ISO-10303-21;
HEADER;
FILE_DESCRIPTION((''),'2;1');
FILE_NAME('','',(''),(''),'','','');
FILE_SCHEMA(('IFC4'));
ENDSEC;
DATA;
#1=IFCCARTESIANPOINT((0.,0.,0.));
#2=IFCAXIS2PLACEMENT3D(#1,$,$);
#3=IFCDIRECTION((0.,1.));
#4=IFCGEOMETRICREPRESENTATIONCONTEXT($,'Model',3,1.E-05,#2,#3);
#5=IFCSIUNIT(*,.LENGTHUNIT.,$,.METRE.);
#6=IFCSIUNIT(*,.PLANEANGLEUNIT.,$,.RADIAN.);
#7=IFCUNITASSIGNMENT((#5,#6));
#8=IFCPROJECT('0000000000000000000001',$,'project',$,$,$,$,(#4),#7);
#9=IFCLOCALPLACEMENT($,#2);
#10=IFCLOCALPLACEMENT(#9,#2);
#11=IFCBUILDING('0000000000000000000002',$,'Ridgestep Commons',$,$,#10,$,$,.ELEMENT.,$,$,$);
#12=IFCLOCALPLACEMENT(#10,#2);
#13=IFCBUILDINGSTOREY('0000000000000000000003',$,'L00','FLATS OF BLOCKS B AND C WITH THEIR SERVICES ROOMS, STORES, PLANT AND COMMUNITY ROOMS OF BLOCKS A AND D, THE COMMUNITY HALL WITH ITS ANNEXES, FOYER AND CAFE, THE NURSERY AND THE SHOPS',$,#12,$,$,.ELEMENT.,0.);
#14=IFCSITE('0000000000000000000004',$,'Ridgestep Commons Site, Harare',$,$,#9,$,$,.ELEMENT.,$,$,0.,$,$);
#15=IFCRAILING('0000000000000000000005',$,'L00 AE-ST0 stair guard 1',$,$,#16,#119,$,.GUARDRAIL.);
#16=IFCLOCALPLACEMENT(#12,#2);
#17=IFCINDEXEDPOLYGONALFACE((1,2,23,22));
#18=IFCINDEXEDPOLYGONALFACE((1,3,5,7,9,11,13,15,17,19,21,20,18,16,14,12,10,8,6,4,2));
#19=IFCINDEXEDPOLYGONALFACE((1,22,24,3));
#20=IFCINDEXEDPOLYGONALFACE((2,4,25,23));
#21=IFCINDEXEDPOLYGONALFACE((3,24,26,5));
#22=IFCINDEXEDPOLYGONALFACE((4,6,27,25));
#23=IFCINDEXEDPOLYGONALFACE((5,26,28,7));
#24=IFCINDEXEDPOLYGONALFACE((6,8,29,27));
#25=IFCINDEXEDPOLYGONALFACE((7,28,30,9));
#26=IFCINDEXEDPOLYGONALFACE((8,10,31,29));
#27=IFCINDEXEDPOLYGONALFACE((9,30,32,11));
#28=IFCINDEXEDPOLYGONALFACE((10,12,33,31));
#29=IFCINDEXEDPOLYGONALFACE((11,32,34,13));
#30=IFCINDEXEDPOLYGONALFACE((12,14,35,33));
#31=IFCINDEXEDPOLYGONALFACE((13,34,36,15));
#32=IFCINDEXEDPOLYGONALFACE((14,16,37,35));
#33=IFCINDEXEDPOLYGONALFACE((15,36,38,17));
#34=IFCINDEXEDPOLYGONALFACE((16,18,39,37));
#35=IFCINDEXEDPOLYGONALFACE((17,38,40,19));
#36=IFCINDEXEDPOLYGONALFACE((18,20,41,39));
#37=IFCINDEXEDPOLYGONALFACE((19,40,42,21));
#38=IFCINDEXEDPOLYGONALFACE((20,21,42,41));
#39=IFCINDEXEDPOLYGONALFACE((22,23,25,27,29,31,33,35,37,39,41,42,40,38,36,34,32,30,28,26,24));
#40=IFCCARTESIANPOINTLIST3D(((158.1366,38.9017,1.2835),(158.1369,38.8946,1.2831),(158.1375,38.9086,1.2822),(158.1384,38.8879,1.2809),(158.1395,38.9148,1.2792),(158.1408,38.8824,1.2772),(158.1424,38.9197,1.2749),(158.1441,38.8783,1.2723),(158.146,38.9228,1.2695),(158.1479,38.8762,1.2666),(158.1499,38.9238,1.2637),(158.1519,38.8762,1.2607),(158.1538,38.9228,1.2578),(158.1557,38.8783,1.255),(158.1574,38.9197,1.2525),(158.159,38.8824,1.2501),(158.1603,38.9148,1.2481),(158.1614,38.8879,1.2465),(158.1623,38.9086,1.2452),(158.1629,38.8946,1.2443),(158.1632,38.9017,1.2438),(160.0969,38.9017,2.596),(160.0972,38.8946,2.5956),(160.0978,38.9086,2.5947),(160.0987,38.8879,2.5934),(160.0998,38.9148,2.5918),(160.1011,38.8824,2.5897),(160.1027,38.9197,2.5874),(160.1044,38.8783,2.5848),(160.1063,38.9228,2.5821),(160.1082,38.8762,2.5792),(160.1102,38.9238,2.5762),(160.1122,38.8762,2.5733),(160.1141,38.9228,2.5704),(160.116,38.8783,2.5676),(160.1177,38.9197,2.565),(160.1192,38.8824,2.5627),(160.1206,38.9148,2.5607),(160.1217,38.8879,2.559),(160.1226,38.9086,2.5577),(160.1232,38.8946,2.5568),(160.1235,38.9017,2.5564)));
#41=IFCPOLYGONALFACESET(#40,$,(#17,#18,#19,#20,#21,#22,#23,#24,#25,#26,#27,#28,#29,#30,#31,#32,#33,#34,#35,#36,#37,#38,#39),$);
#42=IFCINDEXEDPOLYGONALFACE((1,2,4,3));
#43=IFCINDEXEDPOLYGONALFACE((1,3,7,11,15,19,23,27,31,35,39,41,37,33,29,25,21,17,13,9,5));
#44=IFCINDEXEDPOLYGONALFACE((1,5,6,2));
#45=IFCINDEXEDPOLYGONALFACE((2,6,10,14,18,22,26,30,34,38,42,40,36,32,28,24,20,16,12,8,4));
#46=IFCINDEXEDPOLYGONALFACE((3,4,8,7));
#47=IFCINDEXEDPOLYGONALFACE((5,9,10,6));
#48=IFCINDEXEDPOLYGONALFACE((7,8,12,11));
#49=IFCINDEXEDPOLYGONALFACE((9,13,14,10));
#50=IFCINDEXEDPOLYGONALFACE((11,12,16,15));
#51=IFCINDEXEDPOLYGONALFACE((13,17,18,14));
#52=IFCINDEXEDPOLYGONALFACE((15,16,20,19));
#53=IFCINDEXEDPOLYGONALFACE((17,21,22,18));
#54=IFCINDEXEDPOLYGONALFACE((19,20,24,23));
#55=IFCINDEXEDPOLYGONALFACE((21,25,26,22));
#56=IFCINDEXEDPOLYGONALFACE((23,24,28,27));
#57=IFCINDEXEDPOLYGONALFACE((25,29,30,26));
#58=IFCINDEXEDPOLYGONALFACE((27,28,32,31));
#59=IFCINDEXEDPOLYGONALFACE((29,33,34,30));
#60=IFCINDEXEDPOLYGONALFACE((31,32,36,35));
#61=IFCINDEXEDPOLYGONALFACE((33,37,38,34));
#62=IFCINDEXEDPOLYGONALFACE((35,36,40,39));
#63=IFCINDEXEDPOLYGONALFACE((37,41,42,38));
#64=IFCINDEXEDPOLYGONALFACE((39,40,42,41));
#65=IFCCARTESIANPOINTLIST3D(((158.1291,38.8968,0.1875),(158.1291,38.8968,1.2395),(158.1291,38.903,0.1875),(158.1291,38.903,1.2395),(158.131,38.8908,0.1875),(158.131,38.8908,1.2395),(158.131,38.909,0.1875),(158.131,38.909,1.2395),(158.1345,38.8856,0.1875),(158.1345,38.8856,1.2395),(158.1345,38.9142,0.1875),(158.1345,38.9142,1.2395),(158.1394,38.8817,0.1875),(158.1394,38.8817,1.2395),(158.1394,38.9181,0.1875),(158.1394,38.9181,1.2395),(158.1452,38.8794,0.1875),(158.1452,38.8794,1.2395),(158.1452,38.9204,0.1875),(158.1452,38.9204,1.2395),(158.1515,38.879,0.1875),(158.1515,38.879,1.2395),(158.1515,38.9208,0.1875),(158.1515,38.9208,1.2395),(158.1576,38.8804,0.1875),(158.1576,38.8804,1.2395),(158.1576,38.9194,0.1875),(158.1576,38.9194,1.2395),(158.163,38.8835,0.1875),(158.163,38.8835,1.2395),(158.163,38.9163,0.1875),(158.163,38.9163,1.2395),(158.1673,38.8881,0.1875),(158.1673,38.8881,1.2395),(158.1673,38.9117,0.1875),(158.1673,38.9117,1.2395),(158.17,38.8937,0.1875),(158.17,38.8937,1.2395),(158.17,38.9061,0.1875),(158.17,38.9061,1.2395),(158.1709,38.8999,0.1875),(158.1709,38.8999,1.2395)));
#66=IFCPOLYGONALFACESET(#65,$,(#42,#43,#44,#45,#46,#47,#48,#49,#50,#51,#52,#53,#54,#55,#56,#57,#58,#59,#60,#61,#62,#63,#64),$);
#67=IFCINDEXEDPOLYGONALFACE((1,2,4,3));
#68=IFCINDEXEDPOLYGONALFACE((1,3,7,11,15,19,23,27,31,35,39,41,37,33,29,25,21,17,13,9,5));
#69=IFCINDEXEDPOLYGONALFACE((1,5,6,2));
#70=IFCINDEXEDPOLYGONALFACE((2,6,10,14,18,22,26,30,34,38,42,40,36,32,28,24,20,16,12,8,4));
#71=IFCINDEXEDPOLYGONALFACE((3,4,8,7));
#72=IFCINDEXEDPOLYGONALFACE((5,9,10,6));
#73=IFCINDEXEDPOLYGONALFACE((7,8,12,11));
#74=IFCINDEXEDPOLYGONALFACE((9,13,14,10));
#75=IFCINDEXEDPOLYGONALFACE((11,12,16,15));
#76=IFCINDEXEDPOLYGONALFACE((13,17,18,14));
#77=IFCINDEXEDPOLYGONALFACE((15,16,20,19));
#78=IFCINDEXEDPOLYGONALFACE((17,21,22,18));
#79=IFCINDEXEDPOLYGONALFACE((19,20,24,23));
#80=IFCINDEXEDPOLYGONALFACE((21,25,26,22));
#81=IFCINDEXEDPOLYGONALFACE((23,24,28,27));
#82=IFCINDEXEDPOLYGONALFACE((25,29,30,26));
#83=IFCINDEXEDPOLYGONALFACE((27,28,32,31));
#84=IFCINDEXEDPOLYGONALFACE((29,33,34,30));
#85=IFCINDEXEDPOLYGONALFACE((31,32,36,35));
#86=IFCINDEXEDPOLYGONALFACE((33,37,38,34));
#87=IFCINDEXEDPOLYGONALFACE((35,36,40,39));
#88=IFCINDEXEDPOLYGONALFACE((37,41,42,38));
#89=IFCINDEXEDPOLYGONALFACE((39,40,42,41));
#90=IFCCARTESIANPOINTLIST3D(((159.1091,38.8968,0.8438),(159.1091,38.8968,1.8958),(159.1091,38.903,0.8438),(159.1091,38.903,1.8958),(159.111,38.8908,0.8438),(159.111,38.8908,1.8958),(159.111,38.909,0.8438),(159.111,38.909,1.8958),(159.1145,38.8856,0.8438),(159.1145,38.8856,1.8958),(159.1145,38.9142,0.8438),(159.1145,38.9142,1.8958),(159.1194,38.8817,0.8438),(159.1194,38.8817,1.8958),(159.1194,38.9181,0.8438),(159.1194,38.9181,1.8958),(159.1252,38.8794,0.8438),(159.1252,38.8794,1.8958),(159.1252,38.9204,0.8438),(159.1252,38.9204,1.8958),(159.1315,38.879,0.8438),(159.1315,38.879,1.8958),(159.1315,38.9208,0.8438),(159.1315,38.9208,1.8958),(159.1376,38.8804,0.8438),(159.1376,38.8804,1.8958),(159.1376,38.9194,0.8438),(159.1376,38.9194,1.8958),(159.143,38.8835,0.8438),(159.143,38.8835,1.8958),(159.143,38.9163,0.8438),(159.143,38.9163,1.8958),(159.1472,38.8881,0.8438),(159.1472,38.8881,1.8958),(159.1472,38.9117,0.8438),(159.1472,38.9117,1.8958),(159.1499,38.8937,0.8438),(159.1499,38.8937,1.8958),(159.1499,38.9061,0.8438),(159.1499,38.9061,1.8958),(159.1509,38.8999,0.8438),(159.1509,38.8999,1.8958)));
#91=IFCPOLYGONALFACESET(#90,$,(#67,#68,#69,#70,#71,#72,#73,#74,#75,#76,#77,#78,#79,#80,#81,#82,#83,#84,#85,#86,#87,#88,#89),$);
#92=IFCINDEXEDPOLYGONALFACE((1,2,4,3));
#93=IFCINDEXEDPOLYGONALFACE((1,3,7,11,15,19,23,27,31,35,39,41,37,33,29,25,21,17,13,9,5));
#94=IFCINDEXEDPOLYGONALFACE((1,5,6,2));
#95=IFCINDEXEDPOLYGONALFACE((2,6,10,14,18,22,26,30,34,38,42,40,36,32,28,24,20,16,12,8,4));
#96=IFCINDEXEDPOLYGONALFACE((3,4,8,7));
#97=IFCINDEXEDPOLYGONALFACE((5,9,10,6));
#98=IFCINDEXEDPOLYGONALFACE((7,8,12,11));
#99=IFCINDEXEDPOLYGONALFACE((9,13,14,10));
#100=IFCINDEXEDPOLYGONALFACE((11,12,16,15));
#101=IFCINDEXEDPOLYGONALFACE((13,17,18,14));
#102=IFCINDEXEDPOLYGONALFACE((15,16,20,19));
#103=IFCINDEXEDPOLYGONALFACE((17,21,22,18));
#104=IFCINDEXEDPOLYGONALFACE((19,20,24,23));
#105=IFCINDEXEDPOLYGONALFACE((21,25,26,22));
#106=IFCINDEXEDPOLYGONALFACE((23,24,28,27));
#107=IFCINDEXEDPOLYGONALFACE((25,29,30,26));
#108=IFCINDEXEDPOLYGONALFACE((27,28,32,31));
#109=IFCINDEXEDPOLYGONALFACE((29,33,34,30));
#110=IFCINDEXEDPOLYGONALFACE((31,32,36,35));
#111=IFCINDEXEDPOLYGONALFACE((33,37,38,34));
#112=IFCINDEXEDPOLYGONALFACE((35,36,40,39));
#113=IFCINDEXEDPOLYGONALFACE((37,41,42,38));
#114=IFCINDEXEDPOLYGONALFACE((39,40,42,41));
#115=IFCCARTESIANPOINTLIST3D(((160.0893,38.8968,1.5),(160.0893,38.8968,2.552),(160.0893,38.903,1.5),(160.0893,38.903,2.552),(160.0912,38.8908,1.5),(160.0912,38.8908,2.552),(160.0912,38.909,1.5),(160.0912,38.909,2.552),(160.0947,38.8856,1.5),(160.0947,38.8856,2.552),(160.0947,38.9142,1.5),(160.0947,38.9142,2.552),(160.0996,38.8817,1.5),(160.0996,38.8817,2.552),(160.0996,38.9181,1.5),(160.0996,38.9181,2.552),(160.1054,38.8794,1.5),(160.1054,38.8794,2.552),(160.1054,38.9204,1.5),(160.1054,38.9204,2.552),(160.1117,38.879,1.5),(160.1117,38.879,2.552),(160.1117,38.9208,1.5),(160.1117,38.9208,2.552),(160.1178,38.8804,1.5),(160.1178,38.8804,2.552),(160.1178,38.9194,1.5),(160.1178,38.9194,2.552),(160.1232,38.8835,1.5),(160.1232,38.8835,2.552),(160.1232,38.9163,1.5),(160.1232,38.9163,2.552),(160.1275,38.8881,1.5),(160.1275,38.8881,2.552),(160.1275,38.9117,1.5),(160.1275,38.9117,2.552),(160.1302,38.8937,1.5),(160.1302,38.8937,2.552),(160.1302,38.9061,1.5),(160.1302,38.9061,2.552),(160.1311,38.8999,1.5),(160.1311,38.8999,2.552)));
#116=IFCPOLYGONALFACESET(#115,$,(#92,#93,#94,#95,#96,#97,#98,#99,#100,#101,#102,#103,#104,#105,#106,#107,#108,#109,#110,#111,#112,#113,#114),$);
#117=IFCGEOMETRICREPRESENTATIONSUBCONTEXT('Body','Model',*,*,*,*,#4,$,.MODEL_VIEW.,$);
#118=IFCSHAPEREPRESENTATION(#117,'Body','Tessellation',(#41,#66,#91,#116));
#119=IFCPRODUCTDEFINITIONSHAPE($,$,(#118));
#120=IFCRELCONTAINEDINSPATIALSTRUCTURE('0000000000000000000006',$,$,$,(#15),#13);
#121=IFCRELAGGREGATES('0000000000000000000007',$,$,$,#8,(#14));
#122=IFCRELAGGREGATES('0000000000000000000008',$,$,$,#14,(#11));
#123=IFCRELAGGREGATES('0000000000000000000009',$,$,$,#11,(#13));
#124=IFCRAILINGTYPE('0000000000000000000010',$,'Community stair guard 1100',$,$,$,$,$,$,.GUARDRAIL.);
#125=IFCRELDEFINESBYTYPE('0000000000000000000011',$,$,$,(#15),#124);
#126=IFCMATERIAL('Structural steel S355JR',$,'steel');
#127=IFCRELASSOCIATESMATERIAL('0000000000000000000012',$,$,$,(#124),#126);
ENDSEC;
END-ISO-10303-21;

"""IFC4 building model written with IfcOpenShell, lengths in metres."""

from ifc_helpers import new_model, si_unit, direction, frame, origin, origin_2d, place, context, subcontext, project, spatial, circle, extrude, material, type_object, element, save


model = new_model("IFC4")

# Units and contexts
model_context = context("Model", 3, precision=1e-05, world=origin(), true_north=direction((0.0, 1.0)))
body_context = subcontext(model_context, "Body", "Model", "MODEL_VIEW")
ifc_project = project(units=[si_unit("LENGTHUNIT", "METRE"), si_unit("PLANEANGLEUNIT", "RADIAN")], contexts=[model_context])

# Site, building, storey
site_placement = place(None, origin())
site = spatial("IfcSite", under=ifc_project, at=site_placement, Name="Ridgestep Commons Site, Harare", CompositionType="ELEMENT", RefElevation=0.0)
building_placement = place(site_placement, origin())
building = spatial("IfcBuilding", under=site, at=building_placement, Name="Ridgestep Commons", CompositionType="ELEMENT")
storey_placement = place(building_placement, origin())
storey = spatial("IfcBuildingStorey", under=building, at=storey_placement, Name="L00", Description="FLATS OF BLOCKS B AND C WITH THEIR SERVICES ROOMS, STORES, PLANT AND COMMUNITY ROOMS OF BLOCKS A AND D, THE COMMUNITY HALL WITH ITS ANNEXES, FOYER AND CAFE, THE NURSERY AND THE SHOPS", CompositionType="ELEMENT", Elevation=0.0)

# Railing
ifc_material_1 = material(Name="Structural steel S355JR", Category="steel")
railing_type_1 = type_object("IfcRailingType", Name="Community stair guard 1100", PredefinedType="GUARDRAIL", material=ifc_material_1)
railing_1_placement = place(storey_placement, frame((158.1499, 38.8999, 0.1875)))
element("IfcRailing", 1, at=railing_1_placement, inside=storey, type_object=railing_type_1, Name="L00 AE-ST0 stair guard 1", PredefinedType="GUARDRAIL", context=body_context, shape_type="SweptSolid", body=[
    extrude(circle(Radius=0.0239, at=origin_2d()), frame((0.0, 0.0, 1.0762), z_axis=(0.830934, 0.0, 0.556371), x_axis=(0.0, 1.0, 0.0)), (0.0, 0.0, 1.0), 2.3591),
    extrude(circle(Radius=0.021, at=origin_2d()), origin(), (0.0, 0.0, 1.0), 1.052),
    extrude(circle(Radius=0.021, at=origin_2d()), frame((0.98, 0.0, 0.6562)), (0.0, 0.0, 1.0), 1.052),
    extrude(circle(Radius=0.021, at=origin_2d()), frame((1.9602, 0.0, 1.3125)), (0.0, 0.0, 1.0), 1.052),
])

save(model, "model.ifc")
